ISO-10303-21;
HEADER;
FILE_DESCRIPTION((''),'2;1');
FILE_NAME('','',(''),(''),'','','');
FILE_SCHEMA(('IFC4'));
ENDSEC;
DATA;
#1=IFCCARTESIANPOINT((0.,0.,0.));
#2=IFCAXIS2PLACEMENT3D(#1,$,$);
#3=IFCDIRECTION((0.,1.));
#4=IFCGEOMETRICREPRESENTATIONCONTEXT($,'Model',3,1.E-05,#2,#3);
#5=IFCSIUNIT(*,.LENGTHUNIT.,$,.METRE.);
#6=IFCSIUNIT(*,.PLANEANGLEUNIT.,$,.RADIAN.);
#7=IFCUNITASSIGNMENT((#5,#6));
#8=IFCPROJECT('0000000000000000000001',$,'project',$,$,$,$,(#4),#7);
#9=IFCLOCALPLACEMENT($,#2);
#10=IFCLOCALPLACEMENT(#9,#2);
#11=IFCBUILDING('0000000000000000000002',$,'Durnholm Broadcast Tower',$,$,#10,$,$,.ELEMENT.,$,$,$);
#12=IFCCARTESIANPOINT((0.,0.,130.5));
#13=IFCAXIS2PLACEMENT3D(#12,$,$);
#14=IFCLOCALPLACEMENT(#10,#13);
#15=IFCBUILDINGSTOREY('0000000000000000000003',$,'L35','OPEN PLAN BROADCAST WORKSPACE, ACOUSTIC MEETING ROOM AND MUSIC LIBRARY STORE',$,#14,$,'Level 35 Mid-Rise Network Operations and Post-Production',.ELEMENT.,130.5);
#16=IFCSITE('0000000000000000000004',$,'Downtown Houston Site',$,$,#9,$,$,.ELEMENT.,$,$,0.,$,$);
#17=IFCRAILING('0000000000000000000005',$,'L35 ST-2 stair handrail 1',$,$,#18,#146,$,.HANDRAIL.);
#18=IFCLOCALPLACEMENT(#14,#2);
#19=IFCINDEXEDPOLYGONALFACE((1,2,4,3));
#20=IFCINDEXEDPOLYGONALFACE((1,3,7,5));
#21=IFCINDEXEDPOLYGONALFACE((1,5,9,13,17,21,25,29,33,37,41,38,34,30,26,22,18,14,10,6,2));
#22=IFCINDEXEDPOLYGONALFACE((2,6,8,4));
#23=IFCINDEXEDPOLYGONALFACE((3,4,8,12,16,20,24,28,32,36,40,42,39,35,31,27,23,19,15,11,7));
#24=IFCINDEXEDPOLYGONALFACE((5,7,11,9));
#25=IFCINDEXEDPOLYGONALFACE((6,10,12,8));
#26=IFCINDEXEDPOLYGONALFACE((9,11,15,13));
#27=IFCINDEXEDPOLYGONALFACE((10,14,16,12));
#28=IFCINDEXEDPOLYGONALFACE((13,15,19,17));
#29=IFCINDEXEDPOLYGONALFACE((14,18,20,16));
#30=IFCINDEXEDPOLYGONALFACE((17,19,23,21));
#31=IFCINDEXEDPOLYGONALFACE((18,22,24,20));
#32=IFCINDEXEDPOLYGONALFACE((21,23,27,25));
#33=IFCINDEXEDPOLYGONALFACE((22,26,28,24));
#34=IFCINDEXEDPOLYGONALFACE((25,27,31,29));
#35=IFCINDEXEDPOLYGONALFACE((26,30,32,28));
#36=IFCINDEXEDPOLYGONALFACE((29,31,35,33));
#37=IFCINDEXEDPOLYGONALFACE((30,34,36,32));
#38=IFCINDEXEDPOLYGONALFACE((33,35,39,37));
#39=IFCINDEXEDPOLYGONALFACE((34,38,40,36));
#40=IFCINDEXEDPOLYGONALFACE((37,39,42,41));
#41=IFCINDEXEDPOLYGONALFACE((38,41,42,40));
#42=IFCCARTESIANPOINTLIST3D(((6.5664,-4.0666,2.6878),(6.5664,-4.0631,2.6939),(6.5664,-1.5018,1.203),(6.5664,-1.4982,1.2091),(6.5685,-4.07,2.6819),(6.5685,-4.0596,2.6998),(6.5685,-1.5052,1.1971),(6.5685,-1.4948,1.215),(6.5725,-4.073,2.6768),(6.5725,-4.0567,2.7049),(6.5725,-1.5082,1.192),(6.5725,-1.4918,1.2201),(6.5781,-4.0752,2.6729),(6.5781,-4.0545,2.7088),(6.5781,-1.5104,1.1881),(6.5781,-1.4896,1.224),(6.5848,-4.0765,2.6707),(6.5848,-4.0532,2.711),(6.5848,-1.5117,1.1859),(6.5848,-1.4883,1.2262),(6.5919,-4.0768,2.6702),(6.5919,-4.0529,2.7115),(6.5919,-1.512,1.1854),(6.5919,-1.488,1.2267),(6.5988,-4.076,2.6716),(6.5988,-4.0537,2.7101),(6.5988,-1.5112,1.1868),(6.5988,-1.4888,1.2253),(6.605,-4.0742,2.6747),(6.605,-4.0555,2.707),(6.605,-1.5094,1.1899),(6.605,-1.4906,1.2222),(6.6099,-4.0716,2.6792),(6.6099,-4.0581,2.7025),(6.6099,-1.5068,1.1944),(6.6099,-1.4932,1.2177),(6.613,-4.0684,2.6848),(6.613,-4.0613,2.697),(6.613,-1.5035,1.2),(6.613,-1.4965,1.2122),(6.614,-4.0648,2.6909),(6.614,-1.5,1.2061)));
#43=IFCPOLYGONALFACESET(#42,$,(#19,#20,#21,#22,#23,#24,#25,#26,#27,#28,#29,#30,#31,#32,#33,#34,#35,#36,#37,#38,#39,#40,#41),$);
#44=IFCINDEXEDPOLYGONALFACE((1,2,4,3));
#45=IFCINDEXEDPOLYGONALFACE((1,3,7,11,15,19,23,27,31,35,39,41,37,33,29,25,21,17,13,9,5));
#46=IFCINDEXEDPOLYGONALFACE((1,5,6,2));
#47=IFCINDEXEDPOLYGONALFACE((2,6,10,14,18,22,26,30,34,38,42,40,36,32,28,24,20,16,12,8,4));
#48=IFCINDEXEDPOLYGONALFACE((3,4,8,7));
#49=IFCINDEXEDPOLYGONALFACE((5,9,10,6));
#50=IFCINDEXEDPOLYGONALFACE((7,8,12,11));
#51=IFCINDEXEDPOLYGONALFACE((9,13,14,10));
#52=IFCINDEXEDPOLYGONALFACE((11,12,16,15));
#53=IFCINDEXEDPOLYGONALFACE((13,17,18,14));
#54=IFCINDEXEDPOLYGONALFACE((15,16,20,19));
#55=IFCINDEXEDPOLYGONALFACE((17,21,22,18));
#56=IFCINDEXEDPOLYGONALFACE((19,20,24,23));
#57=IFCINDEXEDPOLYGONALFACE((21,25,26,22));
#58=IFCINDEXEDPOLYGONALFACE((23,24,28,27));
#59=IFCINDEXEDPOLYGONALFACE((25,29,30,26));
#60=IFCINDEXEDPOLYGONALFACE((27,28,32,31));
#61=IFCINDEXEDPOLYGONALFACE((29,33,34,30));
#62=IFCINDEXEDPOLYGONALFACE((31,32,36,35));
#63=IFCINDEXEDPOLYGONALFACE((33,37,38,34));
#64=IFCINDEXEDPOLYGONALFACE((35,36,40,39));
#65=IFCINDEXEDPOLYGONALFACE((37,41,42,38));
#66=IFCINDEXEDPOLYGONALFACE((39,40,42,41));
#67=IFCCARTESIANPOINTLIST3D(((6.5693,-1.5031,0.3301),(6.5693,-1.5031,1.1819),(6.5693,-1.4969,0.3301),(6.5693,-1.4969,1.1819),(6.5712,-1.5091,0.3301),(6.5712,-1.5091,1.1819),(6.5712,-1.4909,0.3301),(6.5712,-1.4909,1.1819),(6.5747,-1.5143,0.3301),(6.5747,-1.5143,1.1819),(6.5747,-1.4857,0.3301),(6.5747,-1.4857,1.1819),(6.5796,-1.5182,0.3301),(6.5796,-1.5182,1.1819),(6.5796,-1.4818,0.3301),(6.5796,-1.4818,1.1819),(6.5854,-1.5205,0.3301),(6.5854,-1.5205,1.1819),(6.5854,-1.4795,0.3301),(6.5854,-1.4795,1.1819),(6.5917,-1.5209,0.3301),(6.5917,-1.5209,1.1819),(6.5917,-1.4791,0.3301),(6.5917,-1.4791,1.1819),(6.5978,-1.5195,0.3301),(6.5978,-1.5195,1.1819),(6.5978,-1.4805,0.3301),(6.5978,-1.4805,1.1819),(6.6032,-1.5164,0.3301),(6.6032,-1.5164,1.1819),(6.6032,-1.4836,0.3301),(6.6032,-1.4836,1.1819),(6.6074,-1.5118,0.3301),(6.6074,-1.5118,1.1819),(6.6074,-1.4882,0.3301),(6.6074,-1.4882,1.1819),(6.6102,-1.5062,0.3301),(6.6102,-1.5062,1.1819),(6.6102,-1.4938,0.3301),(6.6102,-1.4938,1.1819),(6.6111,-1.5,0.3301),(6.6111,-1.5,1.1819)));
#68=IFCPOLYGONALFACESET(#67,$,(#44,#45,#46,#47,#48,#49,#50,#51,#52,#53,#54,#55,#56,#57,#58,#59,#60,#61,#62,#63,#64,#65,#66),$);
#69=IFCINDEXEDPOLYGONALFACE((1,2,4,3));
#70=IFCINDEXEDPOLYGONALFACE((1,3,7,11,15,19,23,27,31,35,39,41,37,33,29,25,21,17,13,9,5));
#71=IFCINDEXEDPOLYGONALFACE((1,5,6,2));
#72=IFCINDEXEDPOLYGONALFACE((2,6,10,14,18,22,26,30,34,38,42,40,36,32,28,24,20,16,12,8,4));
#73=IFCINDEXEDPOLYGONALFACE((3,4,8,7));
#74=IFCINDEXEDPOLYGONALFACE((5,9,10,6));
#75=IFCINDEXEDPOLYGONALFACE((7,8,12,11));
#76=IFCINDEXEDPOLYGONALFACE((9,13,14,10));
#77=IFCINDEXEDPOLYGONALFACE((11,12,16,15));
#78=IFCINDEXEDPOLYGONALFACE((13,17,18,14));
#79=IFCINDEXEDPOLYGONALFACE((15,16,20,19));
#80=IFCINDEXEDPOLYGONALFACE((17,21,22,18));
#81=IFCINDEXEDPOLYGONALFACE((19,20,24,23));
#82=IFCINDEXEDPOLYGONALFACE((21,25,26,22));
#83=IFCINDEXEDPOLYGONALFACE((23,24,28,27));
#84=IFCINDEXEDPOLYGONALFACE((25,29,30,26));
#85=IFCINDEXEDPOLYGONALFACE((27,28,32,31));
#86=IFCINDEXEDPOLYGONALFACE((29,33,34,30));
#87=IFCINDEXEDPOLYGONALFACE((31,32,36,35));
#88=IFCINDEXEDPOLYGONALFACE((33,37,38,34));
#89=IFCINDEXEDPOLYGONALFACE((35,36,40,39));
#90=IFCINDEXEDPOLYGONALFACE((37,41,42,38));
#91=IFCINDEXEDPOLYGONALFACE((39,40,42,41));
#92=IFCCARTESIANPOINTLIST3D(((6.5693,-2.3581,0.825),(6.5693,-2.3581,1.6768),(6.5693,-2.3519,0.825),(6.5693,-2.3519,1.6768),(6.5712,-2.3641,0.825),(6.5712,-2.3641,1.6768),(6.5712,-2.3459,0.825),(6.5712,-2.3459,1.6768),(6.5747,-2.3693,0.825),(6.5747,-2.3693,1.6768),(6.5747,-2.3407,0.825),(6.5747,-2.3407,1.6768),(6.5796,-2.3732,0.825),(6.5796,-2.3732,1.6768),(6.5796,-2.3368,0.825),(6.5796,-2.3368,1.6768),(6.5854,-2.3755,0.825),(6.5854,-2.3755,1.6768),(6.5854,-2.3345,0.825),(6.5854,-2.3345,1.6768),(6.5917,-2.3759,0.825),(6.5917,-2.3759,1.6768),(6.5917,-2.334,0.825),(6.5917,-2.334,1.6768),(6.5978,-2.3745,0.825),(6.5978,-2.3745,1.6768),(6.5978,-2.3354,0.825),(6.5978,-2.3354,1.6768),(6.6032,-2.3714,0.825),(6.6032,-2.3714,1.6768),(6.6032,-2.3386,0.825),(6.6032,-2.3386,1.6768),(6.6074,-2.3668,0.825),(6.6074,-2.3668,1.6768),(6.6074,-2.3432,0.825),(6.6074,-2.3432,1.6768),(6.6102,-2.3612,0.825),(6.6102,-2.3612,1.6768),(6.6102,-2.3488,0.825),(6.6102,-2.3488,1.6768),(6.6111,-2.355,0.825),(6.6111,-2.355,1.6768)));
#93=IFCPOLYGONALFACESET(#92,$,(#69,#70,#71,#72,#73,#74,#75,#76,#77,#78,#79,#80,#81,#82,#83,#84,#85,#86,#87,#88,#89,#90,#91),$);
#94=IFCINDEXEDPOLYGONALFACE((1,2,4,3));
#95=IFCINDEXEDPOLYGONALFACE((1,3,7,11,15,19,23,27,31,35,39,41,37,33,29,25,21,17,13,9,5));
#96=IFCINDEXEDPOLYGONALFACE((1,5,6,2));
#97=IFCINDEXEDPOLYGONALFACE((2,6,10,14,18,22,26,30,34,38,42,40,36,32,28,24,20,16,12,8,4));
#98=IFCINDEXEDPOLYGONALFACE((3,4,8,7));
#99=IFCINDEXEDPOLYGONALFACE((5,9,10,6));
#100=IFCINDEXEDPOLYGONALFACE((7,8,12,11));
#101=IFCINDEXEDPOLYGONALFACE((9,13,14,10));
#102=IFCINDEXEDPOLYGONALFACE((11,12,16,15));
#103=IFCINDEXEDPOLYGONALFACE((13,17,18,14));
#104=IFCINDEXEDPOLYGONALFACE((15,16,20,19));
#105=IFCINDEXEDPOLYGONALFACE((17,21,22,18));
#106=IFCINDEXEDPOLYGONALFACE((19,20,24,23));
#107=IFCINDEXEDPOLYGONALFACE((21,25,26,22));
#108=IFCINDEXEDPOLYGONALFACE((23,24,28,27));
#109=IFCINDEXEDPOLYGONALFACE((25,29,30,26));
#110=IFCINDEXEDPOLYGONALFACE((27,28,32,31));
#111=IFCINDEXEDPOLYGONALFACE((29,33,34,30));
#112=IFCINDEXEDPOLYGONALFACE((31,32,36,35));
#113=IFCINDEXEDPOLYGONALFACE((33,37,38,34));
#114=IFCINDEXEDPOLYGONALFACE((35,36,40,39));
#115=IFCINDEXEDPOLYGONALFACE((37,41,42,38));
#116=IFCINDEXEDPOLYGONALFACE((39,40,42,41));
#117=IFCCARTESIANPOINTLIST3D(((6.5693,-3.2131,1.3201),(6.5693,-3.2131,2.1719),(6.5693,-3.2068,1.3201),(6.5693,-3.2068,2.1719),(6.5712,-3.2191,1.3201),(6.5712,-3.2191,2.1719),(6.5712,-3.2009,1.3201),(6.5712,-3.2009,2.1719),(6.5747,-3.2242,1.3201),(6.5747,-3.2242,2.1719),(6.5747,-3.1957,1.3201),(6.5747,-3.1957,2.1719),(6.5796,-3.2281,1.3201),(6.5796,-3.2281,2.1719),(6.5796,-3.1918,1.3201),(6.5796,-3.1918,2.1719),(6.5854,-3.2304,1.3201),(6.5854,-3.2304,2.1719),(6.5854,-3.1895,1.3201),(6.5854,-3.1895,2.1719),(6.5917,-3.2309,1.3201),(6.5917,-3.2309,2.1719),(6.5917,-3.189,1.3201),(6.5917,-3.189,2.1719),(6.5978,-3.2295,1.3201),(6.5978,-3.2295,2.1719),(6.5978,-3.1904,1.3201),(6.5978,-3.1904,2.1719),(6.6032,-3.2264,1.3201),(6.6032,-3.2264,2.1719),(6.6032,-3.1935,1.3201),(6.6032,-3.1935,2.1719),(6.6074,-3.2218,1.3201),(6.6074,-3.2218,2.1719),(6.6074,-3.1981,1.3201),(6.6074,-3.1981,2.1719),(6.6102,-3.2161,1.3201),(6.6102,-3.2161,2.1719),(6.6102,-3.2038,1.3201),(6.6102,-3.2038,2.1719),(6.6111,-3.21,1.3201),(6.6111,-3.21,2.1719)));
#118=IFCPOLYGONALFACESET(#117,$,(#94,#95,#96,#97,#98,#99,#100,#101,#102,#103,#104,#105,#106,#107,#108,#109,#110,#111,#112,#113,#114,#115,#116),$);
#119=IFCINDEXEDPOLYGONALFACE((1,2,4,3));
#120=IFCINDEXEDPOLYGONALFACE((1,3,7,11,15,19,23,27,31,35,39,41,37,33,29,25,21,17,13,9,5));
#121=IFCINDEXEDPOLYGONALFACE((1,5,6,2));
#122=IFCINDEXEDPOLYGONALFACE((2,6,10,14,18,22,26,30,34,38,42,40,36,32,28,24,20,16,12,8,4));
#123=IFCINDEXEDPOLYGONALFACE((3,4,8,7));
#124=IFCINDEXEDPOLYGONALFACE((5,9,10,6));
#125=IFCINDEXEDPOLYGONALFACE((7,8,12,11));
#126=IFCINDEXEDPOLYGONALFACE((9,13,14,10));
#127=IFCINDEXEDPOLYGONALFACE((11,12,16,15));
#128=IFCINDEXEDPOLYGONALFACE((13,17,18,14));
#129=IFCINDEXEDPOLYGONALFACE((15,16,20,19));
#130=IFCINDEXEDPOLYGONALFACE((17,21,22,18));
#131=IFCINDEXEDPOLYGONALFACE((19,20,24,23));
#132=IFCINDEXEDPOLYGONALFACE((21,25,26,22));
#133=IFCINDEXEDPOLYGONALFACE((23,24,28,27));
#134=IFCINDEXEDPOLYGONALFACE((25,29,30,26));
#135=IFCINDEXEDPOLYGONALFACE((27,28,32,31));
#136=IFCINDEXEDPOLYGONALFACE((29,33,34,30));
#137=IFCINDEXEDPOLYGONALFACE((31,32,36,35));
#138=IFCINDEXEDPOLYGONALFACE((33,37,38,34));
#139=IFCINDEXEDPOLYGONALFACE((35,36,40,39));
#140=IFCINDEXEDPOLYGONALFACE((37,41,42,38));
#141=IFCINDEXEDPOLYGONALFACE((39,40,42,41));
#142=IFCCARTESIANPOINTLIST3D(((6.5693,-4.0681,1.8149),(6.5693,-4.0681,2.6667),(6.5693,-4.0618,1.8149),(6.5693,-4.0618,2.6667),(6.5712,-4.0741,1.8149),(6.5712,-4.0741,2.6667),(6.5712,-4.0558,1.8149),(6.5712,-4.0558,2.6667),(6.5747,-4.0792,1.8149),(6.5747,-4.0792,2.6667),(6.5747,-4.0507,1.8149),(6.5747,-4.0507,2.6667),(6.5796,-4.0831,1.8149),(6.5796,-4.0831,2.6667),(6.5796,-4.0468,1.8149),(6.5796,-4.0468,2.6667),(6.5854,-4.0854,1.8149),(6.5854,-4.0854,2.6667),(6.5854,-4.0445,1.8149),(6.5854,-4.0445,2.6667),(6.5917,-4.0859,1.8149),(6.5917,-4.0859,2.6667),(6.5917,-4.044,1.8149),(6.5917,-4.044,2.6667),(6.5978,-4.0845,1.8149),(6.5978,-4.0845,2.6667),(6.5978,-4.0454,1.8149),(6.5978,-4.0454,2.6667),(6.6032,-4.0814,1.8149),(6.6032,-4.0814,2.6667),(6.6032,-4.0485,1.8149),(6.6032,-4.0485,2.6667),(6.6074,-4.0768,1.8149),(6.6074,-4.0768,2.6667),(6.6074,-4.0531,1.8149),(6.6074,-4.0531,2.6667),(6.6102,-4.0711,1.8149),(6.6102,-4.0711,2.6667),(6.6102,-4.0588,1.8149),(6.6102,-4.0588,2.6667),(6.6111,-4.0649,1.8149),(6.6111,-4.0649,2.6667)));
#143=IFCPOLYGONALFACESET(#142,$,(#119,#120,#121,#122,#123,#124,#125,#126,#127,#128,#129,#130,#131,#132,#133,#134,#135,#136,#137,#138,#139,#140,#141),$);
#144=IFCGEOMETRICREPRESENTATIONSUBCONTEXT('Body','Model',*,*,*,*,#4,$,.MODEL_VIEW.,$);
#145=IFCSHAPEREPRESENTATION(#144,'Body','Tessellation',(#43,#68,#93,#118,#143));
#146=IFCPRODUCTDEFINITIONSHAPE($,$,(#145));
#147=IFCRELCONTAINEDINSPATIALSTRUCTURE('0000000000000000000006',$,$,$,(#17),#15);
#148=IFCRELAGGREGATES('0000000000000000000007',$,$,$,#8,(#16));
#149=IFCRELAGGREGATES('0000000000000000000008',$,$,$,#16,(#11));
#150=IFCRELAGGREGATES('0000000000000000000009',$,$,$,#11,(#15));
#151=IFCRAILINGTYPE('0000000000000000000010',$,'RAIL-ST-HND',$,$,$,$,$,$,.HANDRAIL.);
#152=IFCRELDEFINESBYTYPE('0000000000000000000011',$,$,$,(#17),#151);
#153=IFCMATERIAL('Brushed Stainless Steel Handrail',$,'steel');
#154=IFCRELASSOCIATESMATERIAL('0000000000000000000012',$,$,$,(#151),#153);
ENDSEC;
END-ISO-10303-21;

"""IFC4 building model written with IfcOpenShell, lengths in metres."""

from ifc_helpers import new_model, si_unit, direction, frame, origin, origin_2d, place, context, subcontext, project, spatial, circle, extrude, material, type_object, element, save


model = new_model("IFC4")

# Units and contexts
model_context = context("Model", 3, precision=1e-05, world=origin(), true_north=direction((0.0, 1.0)))
body_context = subcontext(model_context, "Body", "Model", "MODEL_VIEW")
ifc_project = project(units=[si_unit("LENGTHUNIT", "METRE"), si_unit("PLANEANGLEUNIT", "RADIAN")], contexts=[model_context])

# Site, building, storey
site_placement = place(None, origin())
site = spatial("IfcSite", under=ifc_project, at=site_placement, Name="Downtown Houston Site", CompositionType="ELEMENT", RefElevation=0.0)
building_placement = place(site_placement, origin())
building = spatial("IfcBuilding", under=site, at=building_placement, Name="Durnholm Broadcast Tower", CompositionType="ELEMENT")
storey_placement = place(building_placement, frame((0.0, 0.0, 130.5)))
storey = spatial("IfcBuildingStorey", under=building, at=storey_placement, Name="L35", Description="OPEN PLAN BROADCAST WORKSPACE, ACOUSTIC MEETING ROOM AND MUSIC LIBRARY STORE", LongName="Level 35 Mid-Rise Network Operations and Post-Production", CompositionType="ELEMENT", Elevation=130.5)

# Railing
ifc_material_1 = material(Name="Brushed Stainless Steel Handrail", Category="steel")
railing_type_1 = type_object("IfcRailingType", Name="RAIL-ST-HND", PredefinedType="HANDRAIL", material=ifc_material_1)
railing_1_placement = place(storey_placement, frame((6.5901, -1.5, 0.3301)))
element("IfcRailing", 1, at=railing_1_placement, inside=storey, type_object=railing_type_1, Name="L35 ST-2 stair handrail 1", PredefinedType="HANDRAIL", context=body_context, shape_type="SweptSolid", body=[
    extrude(circle(Radius=0.0239, at=origin_2d()), frame((0.0, 0.0, 0.876), z_axis=(0.0, -0.865441, 0.50101), x_axis=(1.0, 0.0, 0.0)), (0.0, 0.0, 1.0), 2.9636),
    extrude(circle(Radius=0.021, at=origin_2d()), origin(), (0.0, 0.0, 1.0), 0.8518),
    extrude(circle(Radius=0.021, at=origin_2d()), frame((0.0, -0.855, 0.4949)), (0.0, 0.0, 1.0), 0.8518),
    extrude(circle(Radius=0.021, at=origin_2d()), frame((0.0, -1.71, 0.99)), (0.0, 0.0, 1.0), 0.8518),
    extrude(circle(Radius=0.021, at=origin_2d()), frame((0.0, -2.5649, 1.4849)), (0.0, 0.0, 1.0), 0.8518),
])

save(model, "model.ifc")
